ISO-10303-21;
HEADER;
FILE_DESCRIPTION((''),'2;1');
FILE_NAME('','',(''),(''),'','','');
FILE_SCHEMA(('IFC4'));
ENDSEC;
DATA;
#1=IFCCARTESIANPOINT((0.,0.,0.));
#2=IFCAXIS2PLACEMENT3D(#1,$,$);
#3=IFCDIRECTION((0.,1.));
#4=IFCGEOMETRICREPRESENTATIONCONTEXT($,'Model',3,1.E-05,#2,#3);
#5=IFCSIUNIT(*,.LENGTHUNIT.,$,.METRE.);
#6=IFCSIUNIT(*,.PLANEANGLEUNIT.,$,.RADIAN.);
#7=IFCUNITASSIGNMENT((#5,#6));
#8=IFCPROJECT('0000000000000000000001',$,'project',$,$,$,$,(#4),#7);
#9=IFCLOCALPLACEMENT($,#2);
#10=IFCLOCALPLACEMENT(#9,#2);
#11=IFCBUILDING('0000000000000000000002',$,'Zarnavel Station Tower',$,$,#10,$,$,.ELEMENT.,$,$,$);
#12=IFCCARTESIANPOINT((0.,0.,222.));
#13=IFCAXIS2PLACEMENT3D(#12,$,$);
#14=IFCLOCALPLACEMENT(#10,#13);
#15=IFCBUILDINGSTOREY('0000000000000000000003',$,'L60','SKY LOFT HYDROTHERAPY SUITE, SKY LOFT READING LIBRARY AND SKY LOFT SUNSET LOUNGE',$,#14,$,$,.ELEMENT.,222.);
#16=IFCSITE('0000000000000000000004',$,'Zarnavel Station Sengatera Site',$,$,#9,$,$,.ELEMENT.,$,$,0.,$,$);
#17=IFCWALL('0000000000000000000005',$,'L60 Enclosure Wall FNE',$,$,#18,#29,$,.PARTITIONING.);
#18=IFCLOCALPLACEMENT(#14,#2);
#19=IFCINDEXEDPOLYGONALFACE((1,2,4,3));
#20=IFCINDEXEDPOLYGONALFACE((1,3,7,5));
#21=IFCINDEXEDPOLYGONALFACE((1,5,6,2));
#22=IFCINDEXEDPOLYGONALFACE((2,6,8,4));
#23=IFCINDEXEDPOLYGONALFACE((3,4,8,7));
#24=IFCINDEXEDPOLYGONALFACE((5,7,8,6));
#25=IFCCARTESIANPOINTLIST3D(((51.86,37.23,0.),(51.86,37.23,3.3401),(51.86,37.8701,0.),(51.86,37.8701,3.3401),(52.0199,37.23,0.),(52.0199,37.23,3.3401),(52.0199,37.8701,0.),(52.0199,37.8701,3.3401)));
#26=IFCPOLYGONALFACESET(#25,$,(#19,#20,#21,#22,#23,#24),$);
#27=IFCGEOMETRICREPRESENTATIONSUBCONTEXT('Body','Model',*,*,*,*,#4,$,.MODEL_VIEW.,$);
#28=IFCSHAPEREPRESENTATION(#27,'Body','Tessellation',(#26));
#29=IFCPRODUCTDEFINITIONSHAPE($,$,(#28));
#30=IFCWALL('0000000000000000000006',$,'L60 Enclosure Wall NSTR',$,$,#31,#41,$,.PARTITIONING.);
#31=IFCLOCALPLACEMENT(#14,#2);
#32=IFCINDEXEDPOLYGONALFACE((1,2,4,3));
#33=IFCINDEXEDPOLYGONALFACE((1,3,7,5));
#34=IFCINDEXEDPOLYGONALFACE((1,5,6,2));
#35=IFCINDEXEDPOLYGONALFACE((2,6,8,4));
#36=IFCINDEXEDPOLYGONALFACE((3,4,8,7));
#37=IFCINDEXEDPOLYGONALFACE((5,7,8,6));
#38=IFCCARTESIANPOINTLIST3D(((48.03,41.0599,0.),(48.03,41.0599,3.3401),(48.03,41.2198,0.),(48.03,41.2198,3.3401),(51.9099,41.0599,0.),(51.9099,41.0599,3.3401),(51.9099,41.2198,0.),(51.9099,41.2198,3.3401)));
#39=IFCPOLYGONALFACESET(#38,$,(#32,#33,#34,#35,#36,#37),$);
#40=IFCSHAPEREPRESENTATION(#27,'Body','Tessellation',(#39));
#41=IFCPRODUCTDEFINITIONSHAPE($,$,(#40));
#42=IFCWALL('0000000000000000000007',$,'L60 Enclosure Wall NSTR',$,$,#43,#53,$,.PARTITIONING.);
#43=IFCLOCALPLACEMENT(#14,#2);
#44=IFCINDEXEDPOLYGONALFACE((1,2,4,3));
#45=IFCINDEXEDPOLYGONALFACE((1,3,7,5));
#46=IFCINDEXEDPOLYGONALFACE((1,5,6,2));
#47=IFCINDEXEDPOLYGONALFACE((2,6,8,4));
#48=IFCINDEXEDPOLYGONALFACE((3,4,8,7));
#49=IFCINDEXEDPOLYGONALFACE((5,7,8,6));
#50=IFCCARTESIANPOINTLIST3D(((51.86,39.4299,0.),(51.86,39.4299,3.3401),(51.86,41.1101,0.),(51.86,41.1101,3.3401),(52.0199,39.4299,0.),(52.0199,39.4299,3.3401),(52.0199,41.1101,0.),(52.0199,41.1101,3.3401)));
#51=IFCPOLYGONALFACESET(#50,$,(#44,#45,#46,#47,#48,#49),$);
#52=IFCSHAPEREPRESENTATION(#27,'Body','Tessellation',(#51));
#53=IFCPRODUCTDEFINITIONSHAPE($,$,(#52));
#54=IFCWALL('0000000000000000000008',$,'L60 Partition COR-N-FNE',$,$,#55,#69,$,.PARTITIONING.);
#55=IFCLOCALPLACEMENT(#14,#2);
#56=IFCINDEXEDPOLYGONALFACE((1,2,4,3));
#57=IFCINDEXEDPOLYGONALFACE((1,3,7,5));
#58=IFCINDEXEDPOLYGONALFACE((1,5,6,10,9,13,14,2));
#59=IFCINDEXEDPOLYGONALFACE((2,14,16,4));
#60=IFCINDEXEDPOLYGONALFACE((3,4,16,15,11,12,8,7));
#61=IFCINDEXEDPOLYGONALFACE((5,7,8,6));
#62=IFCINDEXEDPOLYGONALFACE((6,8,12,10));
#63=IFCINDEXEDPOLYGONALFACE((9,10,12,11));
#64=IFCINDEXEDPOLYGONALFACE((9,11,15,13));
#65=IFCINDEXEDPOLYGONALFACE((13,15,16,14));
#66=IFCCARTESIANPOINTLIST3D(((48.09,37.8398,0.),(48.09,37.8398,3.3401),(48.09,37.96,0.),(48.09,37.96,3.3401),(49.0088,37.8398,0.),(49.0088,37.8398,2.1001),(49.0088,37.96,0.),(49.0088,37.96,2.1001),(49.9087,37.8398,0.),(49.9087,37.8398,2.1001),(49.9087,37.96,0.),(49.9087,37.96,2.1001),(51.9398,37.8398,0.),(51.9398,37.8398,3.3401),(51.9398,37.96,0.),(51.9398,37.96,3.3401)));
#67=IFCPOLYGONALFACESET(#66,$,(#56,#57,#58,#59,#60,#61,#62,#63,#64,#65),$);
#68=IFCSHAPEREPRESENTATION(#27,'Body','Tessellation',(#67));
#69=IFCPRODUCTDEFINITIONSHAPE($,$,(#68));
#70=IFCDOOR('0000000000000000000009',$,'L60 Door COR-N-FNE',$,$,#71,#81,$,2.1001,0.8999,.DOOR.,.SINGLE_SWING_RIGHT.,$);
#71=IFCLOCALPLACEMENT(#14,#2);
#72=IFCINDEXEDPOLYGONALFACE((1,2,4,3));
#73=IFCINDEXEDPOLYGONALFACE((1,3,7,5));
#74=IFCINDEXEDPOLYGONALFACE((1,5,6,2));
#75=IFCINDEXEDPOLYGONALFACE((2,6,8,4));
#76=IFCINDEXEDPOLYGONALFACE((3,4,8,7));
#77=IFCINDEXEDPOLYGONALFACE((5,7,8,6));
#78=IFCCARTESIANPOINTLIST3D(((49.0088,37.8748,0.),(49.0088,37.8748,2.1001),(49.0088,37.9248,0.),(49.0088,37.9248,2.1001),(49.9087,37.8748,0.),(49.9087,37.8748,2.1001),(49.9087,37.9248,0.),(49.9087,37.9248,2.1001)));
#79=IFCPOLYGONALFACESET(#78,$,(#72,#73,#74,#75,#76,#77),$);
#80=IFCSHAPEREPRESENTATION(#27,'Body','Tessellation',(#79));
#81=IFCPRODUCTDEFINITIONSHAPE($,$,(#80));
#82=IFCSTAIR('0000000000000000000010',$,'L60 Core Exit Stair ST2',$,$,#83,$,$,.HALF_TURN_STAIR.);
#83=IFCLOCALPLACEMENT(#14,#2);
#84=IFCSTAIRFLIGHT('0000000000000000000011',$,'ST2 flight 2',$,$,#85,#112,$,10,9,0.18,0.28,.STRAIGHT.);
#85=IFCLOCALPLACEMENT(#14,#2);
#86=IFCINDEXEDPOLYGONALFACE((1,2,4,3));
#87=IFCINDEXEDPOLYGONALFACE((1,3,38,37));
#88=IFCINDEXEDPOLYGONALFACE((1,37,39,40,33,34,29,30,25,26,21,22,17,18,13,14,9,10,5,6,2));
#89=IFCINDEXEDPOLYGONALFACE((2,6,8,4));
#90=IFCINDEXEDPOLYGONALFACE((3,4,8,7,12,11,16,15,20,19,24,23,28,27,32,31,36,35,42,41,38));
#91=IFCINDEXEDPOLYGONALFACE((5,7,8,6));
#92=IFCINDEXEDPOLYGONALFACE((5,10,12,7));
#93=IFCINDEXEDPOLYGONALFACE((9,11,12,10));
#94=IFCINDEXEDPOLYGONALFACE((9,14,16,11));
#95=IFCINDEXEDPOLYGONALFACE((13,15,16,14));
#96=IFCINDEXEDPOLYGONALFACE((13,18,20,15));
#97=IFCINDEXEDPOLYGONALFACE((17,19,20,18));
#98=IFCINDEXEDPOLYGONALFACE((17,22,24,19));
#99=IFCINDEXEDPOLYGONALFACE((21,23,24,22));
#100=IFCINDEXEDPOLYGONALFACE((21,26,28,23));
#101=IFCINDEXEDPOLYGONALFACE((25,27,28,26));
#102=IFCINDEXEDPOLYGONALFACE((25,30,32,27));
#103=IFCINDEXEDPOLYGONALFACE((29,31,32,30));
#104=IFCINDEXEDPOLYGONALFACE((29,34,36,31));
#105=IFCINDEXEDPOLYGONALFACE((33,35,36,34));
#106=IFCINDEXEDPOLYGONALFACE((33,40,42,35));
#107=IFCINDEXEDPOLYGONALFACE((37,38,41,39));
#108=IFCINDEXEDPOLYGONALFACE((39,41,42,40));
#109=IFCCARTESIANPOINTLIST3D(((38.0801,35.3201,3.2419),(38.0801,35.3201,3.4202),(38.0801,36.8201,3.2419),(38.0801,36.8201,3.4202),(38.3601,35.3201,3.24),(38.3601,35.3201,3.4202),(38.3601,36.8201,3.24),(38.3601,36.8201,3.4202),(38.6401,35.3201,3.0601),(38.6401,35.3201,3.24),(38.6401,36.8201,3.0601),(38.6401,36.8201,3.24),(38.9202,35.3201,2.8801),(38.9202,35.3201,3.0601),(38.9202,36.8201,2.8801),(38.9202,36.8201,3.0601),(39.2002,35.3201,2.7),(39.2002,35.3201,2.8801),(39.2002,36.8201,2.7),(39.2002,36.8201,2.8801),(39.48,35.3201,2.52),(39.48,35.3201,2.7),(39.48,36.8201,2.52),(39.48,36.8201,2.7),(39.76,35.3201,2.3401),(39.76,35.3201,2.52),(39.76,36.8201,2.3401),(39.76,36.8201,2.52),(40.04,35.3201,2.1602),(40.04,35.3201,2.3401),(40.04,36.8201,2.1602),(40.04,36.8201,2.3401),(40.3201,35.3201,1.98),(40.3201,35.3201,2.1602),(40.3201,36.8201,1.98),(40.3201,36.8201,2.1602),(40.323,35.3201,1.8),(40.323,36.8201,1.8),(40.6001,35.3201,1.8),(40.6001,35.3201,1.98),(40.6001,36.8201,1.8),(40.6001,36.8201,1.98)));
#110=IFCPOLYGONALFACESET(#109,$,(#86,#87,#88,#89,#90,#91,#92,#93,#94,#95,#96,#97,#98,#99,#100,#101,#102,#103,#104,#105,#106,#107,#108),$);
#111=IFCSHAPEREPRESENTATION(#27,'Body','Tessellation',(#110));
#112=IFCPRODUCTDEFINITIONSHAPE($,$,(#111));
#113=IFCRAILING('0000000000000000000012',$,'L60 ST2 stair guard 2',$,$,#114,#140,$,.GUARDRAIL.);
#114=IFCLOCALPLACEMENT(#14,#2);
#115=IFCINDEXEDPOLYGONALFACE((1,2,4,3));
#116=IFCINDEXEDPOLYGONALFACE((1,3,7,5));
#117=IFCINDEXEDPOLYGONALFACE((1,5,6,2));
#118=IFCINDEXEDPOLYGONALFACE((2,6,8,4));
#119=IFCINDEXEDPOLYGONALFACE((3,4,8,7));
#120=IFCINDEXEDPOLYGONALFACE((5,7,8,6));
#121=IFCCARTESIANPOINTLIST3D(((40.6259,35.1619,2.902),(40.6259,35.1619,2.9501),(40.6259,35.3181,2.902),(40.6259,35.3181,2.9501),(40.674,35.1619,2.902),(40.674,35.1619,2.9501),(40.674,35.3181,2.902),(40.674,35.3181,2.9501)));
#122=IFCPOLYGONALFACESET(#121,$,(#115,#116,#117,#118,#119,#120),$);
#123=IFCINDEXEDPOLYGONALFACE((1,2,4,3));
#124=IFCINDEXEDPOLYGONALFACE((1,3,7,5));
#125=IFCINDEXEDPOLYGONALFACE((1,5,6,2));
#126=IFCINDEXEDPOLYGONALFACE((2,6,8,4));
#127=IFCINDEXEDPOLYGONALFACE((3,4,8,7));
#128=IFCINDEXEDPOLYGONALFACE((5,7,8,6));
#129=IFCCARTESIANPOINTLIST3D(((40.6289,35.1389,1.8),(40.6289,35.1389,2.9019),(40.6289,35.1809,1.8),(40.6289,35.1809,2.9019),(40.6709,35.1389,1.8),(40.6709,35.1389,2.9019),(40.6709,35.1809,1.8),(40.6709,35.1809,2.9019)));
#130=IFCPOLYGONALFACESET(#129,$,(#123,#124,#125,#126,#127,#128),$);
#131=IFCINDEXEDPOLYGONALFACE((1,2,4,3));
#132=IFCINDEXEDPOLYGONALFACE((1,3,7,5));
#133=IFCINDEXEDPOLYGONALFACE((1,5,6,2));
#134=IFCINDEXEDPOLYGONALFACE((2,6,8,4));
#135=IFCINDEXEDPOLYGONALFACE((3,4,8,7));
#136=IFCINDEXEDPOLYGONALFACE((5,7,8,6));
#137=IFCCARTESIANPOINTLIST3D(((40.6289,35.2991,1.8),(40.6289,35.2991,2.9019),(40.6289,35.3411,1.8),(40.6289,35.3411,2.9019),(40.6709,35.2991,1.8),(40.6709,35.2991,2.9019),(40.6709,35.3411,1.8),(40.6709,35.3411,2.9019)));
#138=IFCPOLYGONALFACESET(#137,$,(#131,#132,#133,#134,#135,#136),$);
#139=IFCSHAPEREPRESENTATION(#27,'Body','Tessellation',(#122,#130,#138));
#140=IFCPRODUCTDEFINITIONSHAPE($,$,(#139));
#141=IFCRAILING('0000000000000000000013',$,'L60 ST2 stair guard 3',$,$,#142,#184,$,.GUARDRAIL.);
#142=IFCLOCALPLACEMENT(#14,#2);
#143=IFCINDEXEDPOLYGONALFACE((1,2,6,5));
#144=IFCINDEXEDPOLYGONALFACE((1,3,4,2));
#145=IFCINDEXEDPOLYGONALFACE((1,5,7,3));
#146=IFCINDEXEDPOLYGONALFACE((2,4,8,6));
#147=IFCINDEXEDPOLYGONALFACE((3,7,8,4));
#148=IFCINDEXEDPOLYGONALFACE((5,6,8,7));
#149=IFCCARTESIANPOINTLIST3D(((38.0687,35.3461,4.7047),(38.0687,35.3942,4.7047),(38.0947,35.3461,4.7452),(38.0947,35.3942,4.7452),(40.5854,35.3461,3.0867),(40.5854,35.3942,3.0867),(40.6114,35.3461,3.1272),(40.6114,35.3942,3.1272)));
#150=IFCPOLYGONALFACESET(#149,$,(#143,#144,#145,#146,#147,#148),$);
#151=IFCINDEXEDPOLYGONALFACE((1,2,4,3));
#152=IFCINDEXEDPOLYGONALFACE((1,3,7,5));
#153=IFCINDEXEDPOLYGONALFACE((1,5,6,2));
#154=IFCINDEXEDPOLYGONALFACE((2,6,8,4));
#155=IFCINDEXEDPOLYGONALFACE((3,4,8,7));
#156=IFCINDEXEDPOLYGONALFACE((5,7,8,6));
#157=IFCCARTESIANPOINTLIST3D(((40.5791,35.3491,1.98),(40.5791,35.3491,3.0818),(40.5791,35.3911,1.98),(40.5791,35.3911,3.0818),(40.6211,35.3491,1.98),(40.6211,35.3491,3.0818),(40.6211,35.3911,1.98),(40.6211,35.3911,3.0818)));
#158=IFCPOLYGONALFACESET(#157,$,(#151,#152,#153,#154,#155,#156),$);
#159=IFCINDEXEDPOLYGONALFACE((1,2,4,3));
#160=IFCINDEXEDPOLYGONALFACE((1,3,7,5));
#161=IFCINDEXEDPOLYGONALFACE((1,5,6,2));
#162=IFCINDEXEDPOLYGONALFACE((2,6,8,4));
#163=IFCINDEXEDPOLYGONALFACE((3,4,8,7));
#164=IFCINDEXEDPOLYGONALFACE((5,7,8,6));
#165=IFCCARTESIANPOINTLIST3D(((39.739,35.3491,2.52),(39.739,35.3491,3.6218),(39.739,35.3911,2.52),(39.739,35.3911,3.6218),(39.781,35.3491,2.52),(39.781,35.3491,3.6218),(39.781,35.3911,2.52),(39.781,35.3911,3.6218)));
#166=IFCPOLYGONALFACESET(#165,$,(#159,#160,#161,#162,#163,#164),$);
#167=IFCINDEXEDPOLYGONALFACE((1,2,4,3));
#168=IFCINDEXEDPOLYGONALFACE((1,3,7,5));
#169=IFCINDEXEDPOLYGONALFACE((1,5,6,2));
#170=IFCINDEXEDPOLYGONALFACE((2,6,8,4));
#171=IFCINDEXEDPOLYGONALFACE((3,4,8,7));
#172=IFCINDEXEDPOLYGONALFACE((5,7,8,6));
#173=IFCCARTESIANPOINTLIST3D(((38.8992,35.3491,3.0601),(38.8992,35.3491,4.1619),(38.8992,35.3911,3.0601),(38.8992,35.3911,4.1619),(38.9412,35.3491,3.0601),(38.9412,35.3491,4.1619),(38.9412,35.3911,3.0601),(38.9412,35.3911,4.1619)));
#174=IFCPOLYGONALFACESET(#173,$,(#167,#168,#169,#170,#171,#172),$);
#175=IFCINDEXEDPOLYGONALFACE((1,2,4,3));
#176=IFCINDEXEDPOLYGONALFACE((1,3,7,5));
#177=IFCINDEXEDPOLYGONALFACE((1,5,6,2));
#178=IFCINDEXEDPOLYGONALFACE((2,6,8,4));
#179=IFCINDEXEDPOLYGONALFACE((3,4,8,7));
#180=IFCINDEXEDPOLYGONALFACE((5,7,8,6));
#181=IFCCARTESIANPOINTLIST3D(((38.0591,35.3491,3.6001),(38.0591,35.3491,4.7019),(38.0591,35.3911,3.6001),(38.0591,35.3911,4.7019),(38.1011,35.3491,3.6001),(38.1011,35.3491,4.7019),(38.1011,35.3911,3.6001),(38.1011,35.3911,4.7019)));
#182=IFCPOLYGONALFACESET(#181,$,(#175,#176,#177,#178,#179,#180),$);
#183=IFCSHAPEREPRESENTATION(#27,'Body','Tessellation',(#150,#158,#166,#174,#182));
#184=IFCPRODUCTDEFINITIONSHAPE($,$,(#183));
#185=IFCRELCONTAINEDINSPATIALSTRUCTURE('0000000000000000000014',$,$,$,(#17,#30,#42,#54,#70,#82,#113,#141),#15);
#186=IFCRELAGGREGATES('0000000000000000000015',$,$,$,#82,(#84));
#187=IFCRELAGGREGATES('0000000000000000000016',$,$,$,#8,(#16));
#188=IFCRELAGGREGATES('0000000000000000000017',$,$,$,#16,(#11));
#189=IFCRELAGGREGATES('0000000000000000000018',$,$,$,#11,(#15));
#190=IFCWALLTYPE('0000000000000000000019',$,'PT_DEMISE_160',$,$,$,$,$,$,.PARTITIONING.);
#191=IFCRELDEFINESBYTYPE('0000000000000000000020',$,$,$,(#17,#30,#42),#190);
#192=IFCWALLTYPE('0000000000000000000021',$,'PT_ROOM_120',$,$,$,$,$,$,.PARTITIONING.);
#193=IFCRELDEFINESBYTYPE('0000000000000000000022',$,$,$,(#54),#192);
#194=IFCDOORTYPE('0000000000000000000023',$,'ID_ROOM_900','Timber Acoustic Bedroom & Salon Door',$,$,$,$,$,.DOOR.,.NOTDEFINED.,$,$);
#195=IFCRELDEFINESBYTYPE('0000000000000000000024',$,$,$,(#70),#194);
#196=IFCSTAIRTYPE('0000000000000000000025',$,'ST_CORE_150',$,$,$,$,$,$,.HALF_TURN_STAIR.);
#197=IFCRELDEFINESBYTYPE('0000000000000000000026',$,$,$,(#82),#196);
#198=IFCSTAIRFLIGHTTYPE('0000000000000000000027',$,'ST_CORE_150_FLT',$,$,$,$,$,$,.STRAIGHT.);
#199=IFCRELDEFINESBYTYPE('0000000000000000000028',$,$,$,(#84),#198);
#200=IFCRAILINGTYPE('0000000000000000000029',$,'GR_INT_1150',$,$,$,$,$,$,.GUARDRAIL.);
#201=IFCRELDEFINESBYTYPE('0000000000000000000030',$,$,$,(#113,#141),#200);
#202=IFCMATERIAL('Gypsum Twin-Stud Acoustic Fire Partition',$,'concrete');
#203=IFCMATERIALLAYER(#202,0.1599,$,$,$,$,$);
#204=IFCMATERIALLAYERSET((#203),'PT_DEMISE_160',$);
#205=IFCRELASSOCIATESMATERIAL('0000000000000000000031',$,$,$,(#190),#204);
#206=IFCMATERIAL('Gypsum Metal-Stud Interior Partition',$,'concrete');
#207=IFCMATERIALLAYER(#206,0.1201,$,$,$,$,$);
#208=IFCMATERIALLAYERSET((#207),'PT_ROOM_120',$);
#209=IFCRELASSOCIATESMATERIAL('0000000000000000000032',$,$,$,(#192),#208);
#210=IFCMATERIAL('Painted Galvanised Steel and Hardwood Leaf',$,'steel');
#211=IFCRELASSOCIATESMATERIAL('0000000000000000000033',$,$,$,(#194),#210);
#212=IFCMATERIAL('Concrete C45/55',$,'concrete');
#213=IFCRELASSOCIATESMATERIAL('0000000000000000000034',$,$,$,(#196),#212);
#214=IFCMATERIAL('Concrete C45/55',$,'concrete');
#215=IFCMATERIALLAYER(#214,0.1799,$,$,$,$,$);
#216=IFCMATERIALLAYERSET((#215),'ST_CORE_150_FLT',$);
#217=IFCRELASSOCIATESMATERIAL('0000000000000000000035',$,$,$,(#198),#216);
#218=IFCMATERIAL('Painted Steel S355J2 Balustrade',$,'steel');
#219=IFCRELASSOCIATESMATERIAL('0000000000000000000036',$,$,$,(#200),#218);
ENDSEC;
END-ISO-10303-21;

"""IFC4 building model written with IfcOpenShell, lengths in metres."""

from ifc_helpers import new_model, si_unit, direction, frame, frame_2d, origin, origin_2d, place, context, subcontext, project, spatial, polyline, rectangle, outline, extrude, material, layer, layer_set, type_object, element, fill, aggregate, save


model = new_model("IFC4")

# Units and contexts
model_context = context("Model", 3, precision=1e-05, world=origin(), true_north=direction((0.0, 1.0)))
body_context = subcontext(model_context, "Body", "Model", "MODEL_VIEW")
ifc_project = project(units=[si_unit("LENGTHUNIT", "METRE"), si_unit("PLANEANGLEUNIT", "RADIAN")], contexts=[model_context])

# Site, building, storey
site_placement = place(None, origin())
site = spatial("IfcSite", under=ifc_project, at=site_placement, Name="Zarnavel Station Sengatera Site", CompositionType="ELEMENT", RefElevation=0.0)
building_placement = place(site_placement, origin())
building = spatial("IfcBuilding", under=site, at=building_placement, Name="Zarnavel Station Tower", CompositionType="ELEMENT")
storey_placement = place(building_placement, frame((0.0, 0.0, 222.0)))
storey = spatial("IfcBuildingStorey", under=building, at=storey_placement, Name="L60", Description="SKY LOFT HYDROTHERAPY SUITE, SKY LOFT READING LIBRARY AND SKY LOFT SUNSET LOUNGE", CompositionType="ELEMENT", Elevation=222.0)

# Walls
ifc_material_1 = material(Name="Gypsum Twin-Stud Acoustic Fire Partition", Category="concrete")
ifc_layer_1 = layer(ifc_material_1, 0.1599)
ifc_layer_set_1 = layer_set([ifc_layer_1], Name="PT_DEMISE_160")
wall_type_1 = type_object("IfcWallType", Name="PT_DEMISE_160", PredefinedType="PARTITIONING", material=ifc_layer_set_1)
wall_1_placement = place(storey_placement, frame((51.9399, 37.23, 0.0), z_axis=(0.0, 0.0, 1.0), x_axis=(0.0, 1.0, 0.0)))
element("IfcWall", 1, at=wall_1_placement, inside=storey, type_object=wall_type_1, Name="L60 Enclosure Wall FNE", PredefinedType="PARTITIONING", context=body_context, shape_type="SweptSolid", body=[
    extrude(rectangle(XDim=0.6401, YDim=0.1599, at=frame_2d((0.3201, 0.0))), origin(), (0.0, 0.0, 1.0), 3.3401),
])
wall_2_placement = place(storey_placement, frame((48.03, 41.1399, 0.0), z_axis=(0.0, 0.0, 1.0), x_axis=(1.0, 0.0, 0.0)))
element("IfcWall", 2, at=wall_2_placement, inside=storey, type_object=wall_type_1, Name="L60 Enclosure Wall NSTR", PredefinedType="PARTITIONING", context=body_context, shape_type="SweptSolid", body=[
    extrude(rectangle(XDim=3.8799, YDim=0.1599, at=frame_2d((1.9399, 0.0))), origin(), (0.0, 0.0, 1.0), 3.3401),
])
wall_3_placement = place(storey_placement, frame((51.9399, 39.4299, 0.0), z_axis=(0.0, 0.0, 1.0), x_axis=(0.0, 1.0, 0.0)))
element("IfcWall", 3, at=wall_3_placement, inside=storey, type_object=wall_type_1, Name="L60 Enclosure Wall NSTR", PredefinedType="PARTITIONING", context=body_context, shape_type="SweptSolid", body=[
    extrude(rectangle(XDim=1.6802, YDim=0.1599, at=frame_2d((0.8401, 0.0))), origin(), (0.0, 0.0, 1.0), 3.3401),
])

# Wall, opening, door
ifc_material_2 = material(Name="Gypsum Metal-Stud Interior Partition", Category="concrete")
ifc_layer_2 = layer(ifc_material_2, 0.1201)
ifc_layer_set_2 = layer_set([ifc_layer_2], Name="PT_ROOM_120")
wall_type_2 = type_object("IfcWallType", Name="PT_ROOM_120", PredefinedType="PARTITIONING", material=ifc_layer_set_2)
wall_4_placement = place(storey_placement, frame((48.0901, 37.8999, 0.0), z_axis=(0.0, 0.0, 1.0), x_axis=(1.0, 0.0, 0.0)))
wall_4 = element("IfcWall", 4, at=wall_4_placement, inside=storey, type_object=wall_type_2, Name="L60 Partition COR-N-FNE", PredefinedType="PARTITIONING", context=body_context, shape_type="SweptSolid", body=[
    extrude(rectangle(XDim=3.8499, YDim=0.1201, at=frame_2d((1.9248, 0.0))), origin(), (0.0, 0.0, 1.0), 3.3401),
])
opening_1_placement = place(wall_4_placement, frame((0.9187, 0.0, 0.0)))
opening_1 = element("IfcOpeningElement", 5, at=opening_1_placement, cuts=wall_4, PredefinedType="OPENING", context=body_context, shape_type="SweptSolid", body=[
    extrude(rectangle(XDim=0.8999, YDim=2.1001, at=frame_2d((0.45, 1.05))), frame((0.0, 0.0701, 0.0), z_axis=(0.0, -1.0, 0.0), x_axis=(1.0, 0.0, 0.0)), (0.0, 0.0, 1.0), 0.1401),
])
ifc_material_3 = material(Name="Painted Galvanised Steel and Hardwood Leaf", Category="steel")
door_type_1 = type_object("IfcDoorType", Name="ID_ROOM_900", Description="Timber Acoustic Bedroom & Salon Door", OperationType="NOTDEFINED", PredefinedType="DOOR", material=ifc_material_3)
door_1_placement = place(opening_1_placement, origin())
door_1 = element("IfcDoor", 6, at=door_1_placement, inside=storey, type_object=door_type_1, Name="L60 Door COR-N-FNE", OperationType="SINGLE_SWING_RIGHT", OverallHeight=2.1001, OverallWidth=0.8999, PredefinedType="DOOR", context=body_context, shape_type="SweptSolid", body=[
    extrude(rectangle(XDim=0.8999, YDim=2.1001, at=frame_2d((0.45, 1.05))), frame((0.0, 0.0249, 0.0), z_axis=(0.0, -1.0, 0.0), x_axis=(1.0, 0.0, 0.0)), (0.0, 0.0, 1.0), 0.05),
])
fill(opening_1, door_1)

# Stair, stair flight
ifc_material_4 = material(Name="Concrete C45/55", Category="concrete")
stair_type = type_object("IfcStairType", Name="ST_CORE_150", PredefinedType="HALF_TURN_STAIR", material=ifc_material_4)
stair_placement = place(storey_placement, origin())
stair = element("IfcStair", 7, at=stair_placement, inside=storey, type_object=stair_type, Name="L60 Core Exit Stair ST2", PredefinedType="HALF_TURN_STAIR")
ifc_material_5 = material(Name="Concrete C45/55", Category="concrete")
ifc_layer_3 = layer(ifc_material_5, 0.1799)
ifc_layer_set_3 = layer_set([ifc_layer_3], Name="ST_CORE_150_FLT")
stair_flight_type = type_object("IfcStairFlightType", Name="ST_CORE_150_FLT", PredefinedType="STRAIGHT", material=ifc_layer_set_3)
stair_flight_placement = place(storey_placement, frame((40.6001, 36.0701, 1.8), z_axis=(0.0, 0.0, 1.0), x_axis=(-1.0, 0.0, 0.0)))
stair_flight = element("IfcStairFlight", 8, at=stair_flight_placement, type_object=stair_flight_type, Name="ST2 flight 2", NumberOfRisers=10, NumberOfTreads=9, PredefinedType="STRAIGHT", RiserHeight=0.18, TreadLength=0.28, context=body_context, shape_type="SweptSolid", body=[
    extrude(outline(polyline([(0.0, 0.0), (0.0, 0.1799), (0.28, 0.1799), (0.28, 0.3601), (0.5601, 0.3601), (0.5601, 0.54), (0.8401, 0.54), (0.8401, 0.72), (1.1201, 0.72), (1.1201, 0.8999), (1.3999, 0.8999), (1.3999, 1.0801), (1.6799, 1.0801), (1.6799, 1.26), (1.96, 1.26), (1.96, 1.4399), (2.24, 1.4399), (2.24, 1.6201), (2.52, 1.6201), (2.52, 1.8), (2.52, 1.4419), (0.2771, 0.0), (0.0, 0.0)])), frame((0.0, 0.75, 0.0), z_axis=(0.0, -1.0, 0.0), x_axis=(1.0, 0.0, 0.0)), (0.0, 0.0, 1.0), 1.5),
])
aggregate(stair, [stair_flight])

# Railings
ifc_material_6 = material(Name="Painted Steel S355J2 Balustrade", Category="steel")
railing_type_1 = type_object("IfcRailingType", Name="GR_INT_1150", PredefinedType="GUARDRAIL", material=ifc_material_6)
railing_1_placement = place(storey_placement, frame((40.6499, 35.1599, 1.8)))
element("IfcRailing", 9, at=railing_1_placement, inside=storey, type_object=railing_type_1, Name="L60 ST2 stair guard 2", PredefinedType="GUARDRAIL", context=body_context, shape_type="SweptSolid", body=[
    extrude(rectangle(XDim=0.0481, YDim=0.0481, at=origin_2d()), frame((0.0, 0.002, 1.126), z_axis=(0.0, 1.0, 0.0), x_axis=(-1.0, 0.0, 0.0)), (0.0, 0.0, 1.0), 0.1562),
    extrude(rectangle(XDim=0.042, YDim=0.042, at=origin_2d()), origin(), (0.0, 0.0, 1.0), 1.1018),
    extrude(rectangle(XDim=0.042, YDim=0.042, at=origin_2d()), frame((0.0, 0.1602, 0.0)), (0.0, 0.0, 1.0), 1.1018),
])
railing_2_placement = place(storey_placement, frame((40.6001, 35.3701, 1.98)))
element("IfcRailing", 10, at=railing_2_placement, inside=storey, type_object=railing_type_1, Name="L60 ST2 stair guard 3", PredefinedType="GUARDRAIL", context=body_context, shape_type="SweptSolid", body=[
    extrude(rectangle(XDim=0.0481, YDim=0.0481, at=origin_2d()), frame((-0.0017, 0.0, 1.127), z_axis=(-0.841163, 0.0, 0.540782), x_axis=(0.0, -1.0, 0.0)), (0.0, 0.0, 1.0), 2.9919),
    extrude(rectangle(XDim=0.042, YDim=0.042, at=origin_2d()), origin(), (0.0, 0.0, 1.0), 1.1018),
    extrude(rectangle(XDim=0.042, YDim=0.042, at=origin_2d()), frame((-0.8401, 0.0, 0.54)), (0.0, 0.0, 1.0), 1.1018),
    extrude(rectangle(XDim=0.042, YDim=0.042, at=origin_2d()), frame((-1.6799, 0.0, 1.0801)), (0.0, 0.0, 1.0), 1.1018),
    extrude(rectangle(XDim=0.042, YDim=0.042, at=origin_2d()), frame((-2.52, 0.0, 1.6201)), (0.0, 0.0, 1.0), 1.1018),
])

save(model, "model.ifc")
